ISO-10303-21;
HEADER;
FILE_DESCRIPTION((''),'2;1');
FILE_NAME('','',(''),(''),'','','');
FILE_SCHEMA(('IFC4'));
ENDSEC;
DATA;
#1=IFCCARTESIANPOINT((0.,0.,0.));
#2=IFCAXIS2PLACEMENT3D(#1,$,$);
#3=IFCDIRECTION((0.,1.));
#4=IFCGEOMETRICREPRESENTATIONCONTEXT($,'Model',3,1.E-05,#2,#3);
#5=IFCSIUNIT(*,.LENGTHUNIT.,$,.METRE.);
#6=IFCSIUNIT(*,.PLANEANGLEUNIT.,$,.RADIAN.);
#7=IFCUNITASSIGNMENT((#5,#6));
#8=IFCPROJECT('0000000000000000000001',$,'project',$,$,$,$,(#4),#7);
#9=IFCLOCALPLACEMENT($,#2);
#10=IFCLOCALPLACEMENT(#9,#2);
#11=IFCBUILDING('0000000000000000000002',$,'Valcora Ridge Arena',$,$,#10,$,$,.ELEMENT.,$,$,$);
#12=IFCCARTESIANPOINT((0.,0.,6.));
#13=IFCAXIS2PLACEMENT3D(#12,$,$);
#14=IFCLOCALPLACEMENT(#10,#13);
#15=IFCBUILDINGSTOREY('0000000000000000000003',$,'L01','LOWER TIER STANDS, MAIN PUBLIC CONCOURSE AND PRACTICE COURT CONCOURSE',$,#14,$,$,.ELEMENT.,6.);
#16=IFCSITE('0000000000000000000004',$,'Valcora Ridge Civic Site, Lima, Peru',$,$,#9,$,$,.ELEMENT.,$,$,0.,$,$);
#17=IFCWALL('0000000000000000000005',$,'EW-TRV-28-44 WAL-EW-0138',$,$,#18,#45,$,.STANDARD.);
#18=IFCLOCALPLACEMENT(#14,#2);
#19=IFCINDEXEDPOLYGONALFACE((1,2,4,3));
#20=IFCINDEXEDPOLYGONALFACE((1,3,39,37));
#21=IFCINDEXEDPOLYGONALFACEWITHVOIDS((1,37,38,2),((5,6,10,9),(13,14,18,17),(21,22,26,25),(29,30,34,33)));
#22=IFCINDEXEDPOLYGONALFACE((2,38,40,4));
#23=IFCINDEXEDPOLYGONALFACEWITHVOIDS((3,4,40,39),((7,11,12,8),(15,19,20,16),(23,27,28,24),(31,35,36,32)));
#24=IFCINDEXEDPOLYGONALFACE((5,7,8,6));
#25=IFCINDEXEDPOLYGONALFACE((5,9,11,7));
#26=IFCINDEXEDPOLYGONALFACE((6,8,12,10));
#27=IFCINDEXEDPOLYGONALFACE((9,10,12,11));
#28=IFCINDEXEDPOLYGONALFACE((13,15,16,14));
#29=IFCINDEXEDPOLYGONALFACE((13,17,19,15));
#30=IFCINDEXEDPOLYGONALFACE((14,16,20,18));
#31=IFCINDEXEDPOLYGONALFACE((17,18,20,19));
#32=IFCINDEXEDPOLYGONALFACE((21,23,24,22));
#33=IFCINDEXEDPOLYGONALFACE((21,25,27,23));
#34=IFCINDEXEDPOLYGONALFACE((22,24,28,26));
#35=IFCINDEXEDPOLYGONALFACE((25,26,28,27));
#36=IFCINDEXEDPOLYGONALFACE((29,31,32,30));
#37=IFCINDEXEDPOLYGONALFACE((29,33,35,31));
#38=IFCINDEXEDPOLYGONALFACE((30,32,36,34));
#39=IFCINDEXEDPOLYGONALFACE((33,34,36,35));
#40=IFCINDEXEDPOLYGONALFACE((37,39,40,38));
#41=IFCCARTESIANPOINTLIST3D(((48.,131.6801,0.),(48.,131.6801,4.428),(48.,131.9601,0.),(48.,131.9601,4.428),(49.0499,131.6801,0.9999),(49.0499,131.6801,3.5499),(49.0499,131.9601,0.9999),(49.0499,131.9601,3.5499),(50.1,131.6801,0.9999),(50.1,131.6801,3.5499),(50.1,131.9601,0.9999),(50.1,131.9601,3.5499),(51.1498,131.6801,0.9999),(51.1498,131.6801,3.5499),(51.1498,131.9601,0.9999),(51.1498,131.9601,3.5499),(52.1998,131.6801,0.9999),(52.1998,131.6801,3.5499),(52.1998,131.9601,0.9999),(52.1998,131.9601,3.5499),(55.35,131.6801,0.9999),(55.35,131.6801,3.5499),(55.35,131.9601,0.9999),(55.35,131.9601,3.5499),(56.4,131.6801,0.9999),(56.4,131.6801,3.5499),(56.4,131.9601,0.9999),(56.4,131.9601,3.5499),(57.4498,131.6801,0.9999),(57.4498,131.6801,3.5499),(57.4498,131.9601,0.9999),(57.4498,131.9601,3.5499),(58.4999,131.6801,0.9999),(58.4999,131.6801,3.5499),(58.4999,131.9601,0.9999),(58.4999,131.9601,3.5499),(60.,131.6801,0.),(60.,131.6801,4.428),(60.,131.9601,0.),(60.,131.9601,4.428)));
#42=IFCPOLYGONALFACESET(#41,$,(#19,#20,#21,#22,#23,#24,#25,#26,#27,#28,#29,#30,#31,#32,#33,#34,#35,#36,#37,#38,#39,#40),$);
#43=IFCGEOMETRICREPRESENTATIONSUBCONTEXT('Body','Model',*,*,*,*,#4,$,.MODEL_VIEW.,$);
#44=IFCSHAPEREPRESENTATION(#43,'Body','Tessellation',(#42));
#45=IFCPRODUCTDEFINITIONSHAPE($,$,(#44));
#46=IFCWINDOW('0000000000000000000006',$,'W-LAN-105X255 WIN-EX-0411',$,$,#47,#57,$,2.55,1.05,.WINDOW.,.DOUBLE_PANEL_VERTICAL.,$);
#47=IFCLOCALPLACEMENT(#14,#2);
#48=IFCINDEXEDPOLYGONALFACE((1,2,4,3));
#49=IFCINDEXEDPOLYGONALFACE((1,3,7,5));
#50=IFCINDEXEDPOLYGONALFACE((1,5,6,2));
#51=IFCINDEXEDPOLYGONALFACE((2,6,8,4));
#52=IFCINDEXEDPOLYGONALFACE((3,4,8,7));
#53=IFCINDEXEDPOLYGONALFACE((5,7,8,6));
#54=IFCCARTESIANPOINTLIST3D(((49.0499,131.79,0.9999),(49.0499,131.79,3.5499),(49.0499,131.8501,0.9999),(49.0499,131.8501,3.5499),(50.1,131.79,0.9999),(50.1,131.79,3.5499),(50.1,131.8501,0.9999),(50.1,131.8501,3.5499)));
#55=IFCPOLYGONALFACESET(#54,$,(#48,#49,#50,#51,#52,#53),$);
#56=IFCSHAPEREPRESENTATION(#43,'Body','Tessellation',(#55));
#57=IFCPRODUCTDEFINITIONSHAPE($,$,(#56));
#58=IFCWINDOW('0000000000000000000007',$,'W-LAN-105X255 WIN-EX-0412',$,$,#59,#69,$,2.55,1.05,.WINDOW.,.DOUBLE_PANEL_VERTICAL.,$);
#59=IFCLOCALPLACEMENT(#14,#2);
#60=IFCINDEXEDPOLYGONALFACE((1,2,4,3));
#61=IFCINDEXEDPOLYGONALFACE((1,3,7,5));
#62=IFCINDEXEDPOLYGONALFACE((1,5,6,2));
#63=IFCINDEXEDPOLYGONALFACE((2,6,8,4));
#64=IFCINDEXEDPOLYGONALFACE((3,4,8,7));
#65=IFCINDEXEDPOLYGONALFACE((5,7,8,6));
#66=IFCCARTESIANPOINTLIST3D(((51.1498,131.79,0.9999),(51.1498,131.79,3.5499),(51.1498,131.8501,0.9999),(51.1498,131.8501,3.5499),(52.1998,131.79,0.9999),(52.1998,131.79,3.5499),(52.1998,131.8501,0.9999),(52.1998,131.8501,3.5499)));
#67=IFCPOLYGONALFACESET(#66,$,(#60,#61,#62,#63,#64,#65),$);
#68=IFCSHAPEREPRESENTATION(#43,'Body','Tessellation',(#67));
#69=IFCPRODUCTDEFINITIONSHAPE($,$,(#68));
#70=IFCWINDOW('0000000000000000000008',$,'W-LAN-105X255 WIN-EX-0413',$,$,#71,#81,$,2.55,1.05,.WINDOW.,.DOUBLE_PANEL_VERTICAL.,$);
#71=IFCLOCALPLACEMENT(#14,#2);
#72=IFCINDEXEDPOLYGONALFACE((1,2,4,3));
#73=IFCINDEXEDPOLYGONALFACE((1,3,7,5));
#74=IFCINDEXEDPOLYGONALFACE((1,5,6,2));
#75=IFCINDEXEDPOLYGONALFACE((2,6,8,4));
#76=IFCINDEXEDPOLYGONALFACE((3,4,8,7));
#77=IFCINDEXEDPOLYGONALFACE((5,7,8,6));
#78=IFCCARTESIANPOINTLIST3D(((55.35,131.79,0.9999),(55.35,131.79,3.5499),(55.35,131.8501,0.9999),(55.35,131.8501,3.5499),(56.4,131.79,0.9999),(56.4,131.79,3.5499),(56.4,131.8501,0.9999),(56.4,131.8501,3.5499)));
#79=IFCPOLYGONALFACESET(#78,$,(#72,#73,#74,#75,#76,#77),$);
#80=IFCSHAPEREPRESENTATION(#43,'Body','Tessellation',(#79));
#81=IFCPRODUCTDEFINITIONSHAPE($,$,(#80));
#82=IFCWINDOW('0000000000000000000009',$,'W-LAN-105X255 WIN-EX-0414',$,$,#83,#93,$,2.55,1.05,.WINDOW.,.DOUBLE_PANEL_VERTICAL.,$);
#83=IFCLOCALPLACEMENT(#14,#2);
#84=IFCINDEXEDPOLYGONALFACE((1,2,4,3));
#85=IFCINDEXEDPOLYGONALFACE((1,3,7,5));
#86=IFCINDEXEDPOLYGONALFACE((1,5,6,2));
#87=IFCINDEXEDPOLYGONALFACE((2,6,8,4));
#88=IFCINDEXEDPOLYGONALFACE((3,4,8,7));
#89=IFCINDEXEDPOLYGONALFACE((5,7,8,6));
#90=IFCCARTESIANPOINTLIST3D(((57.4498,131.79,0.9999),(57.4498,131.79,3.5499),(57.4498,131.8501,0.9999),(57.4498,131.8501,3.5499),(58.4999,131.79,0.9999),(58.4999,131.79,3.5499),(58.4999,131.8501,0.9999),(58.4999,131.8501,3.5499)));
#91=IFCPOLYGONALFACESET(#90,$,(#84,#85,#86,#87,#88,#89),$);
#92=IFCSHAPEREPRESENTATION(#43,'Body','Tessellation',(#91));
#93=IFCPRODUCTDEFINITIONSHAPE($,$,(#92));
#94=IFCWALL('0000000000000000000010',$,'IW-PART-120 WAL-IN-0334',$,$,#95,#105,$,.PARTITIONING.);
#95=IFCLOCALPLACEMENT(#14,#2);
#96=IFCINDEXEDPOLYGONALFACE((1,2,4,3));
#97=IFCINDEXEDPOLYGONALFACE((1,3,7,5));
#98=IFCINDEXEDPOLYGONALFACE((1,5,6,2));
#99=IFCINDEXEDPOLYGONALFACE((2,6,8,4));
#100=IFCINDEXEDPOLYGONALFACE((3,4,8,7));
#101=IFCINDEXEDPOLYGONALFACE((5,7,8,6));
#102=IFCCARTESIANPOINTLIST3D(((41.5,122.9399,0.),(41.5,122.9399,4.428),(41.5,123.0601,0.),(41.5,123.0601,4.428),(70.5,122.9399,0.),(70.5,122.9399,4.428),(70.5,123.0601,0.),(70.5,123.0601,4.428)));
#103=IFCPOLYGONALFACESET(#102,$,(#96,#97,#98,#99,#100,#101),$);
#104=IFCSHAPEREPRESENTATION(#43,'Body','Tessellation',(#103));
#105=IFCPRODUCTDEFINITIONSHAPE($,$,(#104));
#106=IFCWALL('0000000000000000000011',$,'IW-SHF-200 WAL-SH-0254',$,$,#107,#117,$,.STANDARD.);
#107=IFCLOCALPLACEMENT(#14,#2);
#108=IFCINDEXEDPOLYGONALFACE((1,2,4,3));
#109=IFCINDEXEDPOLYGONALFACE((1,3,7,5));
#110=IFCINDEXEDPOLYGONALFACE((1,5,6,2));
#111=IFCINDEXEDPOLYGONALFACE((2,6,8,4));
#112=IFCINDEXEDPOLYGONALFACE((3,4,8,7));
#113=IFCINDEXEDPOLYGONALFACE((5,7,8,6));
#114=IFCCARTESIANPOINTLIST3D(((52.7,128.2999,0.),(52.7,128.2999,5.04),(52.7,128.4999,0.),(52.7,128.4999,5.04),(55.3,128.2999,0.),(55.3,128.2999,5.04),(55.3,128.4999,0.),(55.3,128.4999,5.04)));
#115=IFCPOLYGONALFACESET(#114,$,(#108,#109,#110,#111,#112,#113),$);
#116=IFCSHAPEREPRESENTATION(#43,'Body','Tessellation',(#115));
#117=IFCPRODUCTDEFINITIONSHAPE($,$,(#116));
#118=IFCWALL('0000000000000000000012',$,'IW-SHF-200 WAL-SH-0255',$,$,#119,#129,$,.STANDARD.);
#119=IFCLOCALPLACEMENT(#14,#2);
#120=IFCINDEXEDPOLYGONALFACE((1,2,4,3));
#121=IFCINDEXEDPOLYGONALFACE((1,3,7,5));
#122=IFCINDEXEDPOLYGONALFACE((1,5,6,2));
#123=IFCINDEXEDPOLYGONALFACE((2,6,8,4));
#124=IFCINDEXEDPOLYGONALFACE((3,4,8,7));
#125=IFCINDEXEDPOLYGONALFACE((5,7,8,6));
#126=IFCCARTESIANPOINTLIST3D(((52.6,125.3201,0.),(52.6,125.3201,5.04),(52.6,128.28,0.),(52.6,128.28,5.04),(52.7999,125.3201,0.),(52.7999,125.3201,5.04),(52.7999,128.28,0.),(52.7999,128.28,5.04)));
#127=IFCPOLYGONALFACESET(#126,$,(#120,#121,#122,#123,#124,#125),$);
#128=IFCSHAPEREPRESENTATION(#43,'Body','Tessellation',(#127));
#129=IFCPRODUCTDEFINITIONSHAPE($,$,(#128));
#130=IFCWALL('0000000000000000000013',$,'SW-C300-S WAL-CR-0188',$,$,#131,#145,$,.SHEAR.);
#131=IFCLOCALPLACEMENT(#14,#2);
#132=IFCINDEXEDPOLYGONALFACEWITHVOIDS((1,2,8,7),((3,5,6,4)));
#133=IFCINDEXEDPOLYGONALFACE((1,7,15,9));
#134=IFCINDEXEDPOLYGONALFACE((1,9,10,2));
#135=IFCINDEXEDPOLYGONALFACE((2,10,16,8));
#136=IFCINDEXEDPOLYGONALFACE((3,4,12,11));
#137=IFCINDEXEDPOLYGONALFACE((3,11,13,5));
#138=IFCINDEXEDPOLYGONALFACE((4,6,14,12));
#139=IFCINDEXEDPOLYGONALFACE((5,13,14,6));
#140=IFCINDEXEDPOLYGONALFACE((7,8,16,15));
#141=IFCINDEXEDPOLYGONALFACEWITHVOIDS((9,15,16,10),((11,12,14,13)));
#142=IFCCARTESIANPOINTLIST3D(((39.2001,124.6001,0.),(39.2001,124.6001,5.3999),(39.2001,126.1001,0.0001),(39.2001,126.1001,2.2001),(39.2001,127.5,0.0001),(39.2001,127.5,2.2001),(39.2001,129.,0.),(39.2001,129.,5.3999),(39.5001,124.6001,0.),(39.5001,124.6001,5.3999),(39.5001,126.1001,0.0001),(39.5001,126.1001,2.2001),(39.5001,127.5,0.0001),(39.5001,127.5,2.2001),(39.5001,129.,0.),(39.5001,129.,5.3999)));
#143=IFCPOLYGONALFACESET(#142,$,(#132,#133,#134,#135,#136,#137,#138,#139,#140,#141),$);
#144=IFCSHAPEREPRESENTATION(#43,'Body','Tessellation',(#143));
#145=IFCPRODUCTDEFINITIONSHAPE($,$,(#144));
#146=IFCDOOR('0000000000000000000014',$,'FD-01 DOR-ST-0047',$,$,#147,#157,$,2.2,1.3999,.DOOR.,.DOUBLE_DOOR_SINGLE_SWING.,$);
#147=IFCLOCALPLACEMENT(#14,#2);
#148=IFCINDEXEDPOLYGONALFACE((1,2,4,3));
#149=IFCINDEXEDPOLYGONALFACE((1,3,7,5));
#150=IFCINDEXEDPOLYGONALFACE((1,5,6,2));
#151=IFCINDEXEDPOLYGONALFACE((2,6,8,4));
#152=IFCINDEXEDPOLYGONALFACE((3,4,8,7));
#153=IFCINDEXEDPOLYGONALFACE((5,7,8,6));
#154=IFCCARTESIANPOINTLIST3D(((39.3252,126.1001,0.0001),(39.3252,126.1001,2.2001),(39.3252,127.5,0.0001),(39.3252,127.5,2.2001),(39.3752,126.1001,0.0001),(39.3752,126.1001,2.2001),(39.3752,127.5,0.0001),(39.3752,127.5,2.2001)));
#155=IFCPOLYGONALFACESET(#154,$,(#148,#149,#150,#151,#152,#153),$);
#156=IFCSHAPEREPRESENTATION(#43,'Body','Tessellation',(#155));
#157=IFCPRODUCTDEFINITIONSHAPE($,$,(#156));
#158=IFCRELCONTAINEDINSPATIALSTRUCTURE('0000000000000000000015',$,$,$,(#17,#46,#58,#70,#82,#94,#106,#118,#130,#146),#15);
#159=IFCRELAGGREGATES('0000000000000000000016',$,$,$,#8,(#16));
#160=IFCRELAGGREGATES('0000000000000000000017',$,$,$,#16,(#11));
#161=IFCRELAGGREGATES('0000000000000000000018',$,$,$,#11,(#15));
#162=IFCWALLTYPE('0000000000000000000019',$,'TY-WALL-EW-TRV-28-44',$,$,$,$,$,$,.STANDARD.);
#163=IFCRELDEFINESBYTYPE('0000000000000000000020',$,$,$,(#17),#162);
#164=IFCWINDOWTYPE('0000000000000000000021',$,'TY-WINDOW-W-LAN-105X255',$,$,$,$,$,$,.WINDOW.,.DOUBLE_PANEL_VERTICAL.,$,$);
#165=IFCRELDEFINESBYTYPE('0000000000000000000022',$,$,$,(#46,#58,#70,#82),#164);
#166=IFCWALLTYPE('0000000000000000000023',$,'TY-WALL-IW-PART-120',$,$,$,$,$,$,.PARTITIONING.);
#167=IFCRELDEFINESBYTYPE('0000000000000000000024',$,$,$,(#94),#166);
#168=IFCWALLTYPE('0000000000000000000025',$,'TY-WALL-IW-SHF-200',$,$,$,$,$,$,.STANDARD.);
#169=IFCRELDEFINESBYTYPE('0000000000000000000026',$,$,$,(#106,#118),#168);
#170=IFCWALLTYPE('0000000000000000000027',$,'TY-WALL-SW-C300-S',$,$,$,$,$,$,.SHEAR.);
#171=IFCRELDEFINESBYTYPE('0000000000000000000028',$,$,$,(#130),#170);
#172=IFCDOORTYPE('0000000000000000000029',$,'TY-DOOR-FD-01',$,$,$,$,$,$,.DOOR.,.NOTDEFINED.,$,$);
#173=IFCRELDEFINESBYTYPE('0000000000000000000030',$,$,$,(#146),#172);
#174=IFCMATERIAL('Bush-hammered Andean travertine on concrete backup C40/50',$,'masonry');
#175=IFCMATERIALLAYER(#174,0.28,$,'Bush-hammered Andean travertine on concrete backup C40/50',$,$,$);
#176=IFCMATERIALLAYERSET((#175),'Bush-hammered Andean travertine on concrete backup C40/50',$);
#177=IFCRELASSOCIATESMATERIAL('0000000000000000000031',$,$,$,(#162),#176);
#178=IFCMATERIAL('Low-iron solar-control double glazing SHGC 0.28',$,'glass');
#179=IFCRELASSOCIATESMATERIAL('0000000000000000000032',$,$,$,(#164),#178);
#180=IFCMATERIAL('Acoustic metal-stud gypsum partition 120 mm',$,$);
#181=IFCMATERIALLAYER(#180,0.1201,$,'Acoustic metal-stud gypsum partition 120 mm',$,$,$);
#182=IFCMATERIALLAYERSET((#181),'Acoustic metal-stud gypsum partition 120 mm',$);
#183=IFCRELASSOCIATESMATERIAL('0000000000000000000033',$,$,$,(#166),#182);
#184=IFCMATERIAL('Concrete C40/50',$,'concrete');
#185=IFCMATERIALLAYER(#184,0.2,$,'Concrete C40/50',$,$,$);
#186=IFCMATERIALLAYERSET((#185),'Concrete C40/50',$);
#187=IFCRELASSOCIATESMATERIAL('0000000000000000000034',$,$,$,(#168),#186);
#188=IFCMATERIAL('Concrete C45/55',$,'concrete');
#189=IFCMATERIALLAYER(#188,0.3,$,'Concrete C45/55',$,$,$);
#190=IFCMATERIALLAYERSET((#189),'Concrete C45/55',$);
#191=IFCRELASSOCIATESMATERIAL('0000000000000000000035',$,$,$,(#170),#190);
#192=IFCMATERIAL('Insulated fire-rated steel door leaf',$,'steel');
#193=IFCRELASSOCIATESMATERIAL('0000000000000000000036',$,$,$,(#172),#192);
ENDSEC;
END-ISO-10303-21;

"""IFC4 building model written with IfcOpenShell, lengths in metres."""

from ifc_helpers import new_model, si_unit, direction, frame, frame_2d, origin, place, context, subcontext, project, spatial, rectangle, extrude, material, layer, layer_set, type_object, element, fill, save


model = new_model("IFC4")

# Units and contexts
model_context = context("Model", 3, precision=1e-05, world=origin(), true_north=direction((0.0, 1.0)))
body_context = subcontext(model_context, "Body", "Model", "MODEL_VIEW")
ifc_project = project(units=[si_unit("LENGTHUNIT", "METRE"), si_unit("PLANEANGLEUNIT", "RADIAN")], contexts=[model_context])

# Site, building, storey
site_placement = place(None, origin())
site = spatial("IfcSite", under=ifc_project, at=site_placement, Name="Valcora Ridge Civic Site, Lima, Peru", CompositionType="ELEMENT", RefElevation=0.0)
building_placement = place(site_placement, origin())
building = spatial("IfcBuilding", under=site, at=building_placement, Name="Valcora Ridge Arena", CompositionType="ELEMENT")
storey_placement = place(building_placement, frame((0.0, 0.0, 6.0)))
storey = spatial("IfcBuildingStorey", under=building, at=storey_placement, Name="L01", Description="LOWER TIER STANDS, MAIN PUBLIC CONCOURSE AND PRACTICE COURT CONCOURSE", CompositionType="ELEMENT", Elevation=6.0)

# Shared definitions
ifc_material_1 = material(Name="Concrete C40/50", Category="concrete")

# Wall, openings, windows
ifc_material_2 = material(Name="Bush-hammered Andean travertine on concrete backup C40/50", Category="masonry")
ifc_layer_1 = layer(ifc_material_2, 0.28, Name="Bush-hammered Andean travertine on concrete backup C40/50")
ifc_layer_set_1 = layer_set([ifc_layer_1], Name="Bush-hammered Andean travertine on concrete backup C40/50")
wall_type_1 = type_object("IfcWallType", Name="TY-WALL-EW-TRV-28-44", PredefinedType="STANDARD", material=ifc_layer_set_1)
wall_1_placement = place(storey_placement, frame((48.0, 131.8201, 0.0), z_axis=(0.0, 0.0, 1.0), x_axis=(1.0, 0.0, 0.0)))
wall_1 = element("IfcWall", 1, at=wall_1_placement, inside=storey, type_object=wall_type_1, Name="EW-TRV-28-44 WAL-EW-0138", PredefinedType="STANDARD", context=body_context, shape_type="SweptSolid", body=[
    extrude(rectangle(XDim=12.0, YDim=0.28, at=frame_2d((6.0, 0.0))), origin(), (0.0, 0.0, 1.0), 4.428),
])
opening_1_placement = place(wall_1_placement, frame((1.05, 0.0, 1.0)))
opening_1 = element("IfcOpeningElement", 2, at=opening_1_placement, cuts=wall_1, PredefinedType="OPENING", context=body_context, shape_type="SweptSolid", body=[
    extrude(rectangle(XDim=1.05, YDim=2.55, at=frame_2d((0.5249, 1.2749))), frame((0.0, 0.1499, 0.0), z_axis=(0.0, -1.0, 0.0), x_axis=(1.0, 0.0, 0.0)), (0.0, 0.0, 1.0), 0.3),
])
opening_2_placement = place(wall_1_placement, frame((3.1499, 0.0, 1.0)))
opening_2 = element("IfcOpeningElement", 3, at=opening_2_placement, cuts=wall_1, PredefinedType="OPENING", context=body_context, shape_type="SweptSolid", body=[
    extrude(rectangle(XDim=1.05, YDim=2.55, at=frame_2d((0.5249, 1.2749))), frame((0.0, 0.1499, 0.0), z_axis=(0.0, -1.0, 0.0), x_axis=(1.0, 0.0, 0.0)), (0.0, 0.0, 1.0), 0.3),
])
opening_3_placement = place(wall_1_placement, frame((7.3501, 0.0, 1.0)))
opening_3 = element("IfcOpeningElement", 4, at=opening_3_placement, cuts=wall_1, PredefinedType="OPENING", context=body_context, shape_type="SweptSolid", body=[
    extrude(rectangle(XDim=1.05, YDim=2.55, at=frame_2d((0.5249, 1.2749))), frame((0.0, 0.1499, 0.0), z_axis=(0.0, -1.0, 0.0), x_axis=(1.0, 0.0, 0.0)), (0.0, 0.0, 1.0), 0.3),
])
opening_4_placement = place(wall_1_placement, frame((9.45, 0.0, 1.0)))
opening_4 = element("IfcOpeningElement", 5, at=opening_4_placement, cuts=wall_1, PredefinedType="OPENING", context=body_context, shape_type="SweptSolid", body=[
    extrude(rectangle(XDim=1.05, YDim=2.55, at=frame_2d((0.5249, 1.2749))), frame((0.0, 0.1499, 0.0), z_axis=(0.0, -1.0, 0.0), x_axis=(1.0, 0.0, 0.0)), (0.0, 0.0, 1.0), 0.3),
])
ifc_material_3 = material(Name="Low-iron solar-control double glazing SHGC 0.28", Category="glass")
window_type = type_object("IfcWindowType", Name="TY-WINDOW-W-LAN-105X255", PartitioningType="DOUBLE_PANEL_VERTICAL", PredefinedType="WINDOW", material=ifc_material_3)
window_1_placement = place(opening_1_placement, origin())
window_1 = element("IfcWindow", 6, at=window_1_placement, inside=storey, type_object=window_type, Name="W-LAN-105X255 WIN-EX-0411", OverallHeight=2.55, OverallWidth=1.05, PartitioningType="DOUBLE_PANEL_VERTICAL", PredefinedType="WINDOW", context=body_context, shape_type="SweptSolid", body=[
    extrude(rectangle(XDim=1.05, YDim=2.55, at=frame_2d((0.5249, 1.2749))), frame((0.0, 0.03, 0.0), z_axis=(0.0, -1.0, 0.0), x_axis=(1.0, 0.0, 0.0)), (0.0, 0.0, 1.0), 0.0601),
])
fill(opening_1, window_1)
window_2_placement = place(opening_2_placement, origin())
window_2 = element("IfcWindow", 7, at=window_2_placement, inside=storey, type_object=window_type, Name="W-LAN-105X255 WIN-EX-0412", OverallHeight=2.55, OverallWidth=1.05, PartitioningType="DOUBLE_PANEL_VERTICAL", PredefinedType="WINDOW", context=body_context, shape_type="SweptSolid", body=[
    extrude(rectangle(XDim=1.05, YDim=2.55, at=frame_2d((0.5249, 1.2749))), frame((0.0, 0.03, 0.0), z_axis=(0.0, -1.0, 0.0), x_axis=(1.0, 0.0, 0.0)), (0.0, 0.0, 1.0), 0.0601),
])
fill(opening_2, window_2)
window_3_placement = place(opening_3_placement, origin())
window_3 = element("IfcWindow", 8, at=window_3_placement, inside=storey, type_object=window_type, Name="W-LAN-105X255 WIN-EX-0413", OverallHeight=2.55, OverallWidth=1.05, PartitioningType="DOUBLE_PANEL_VERTICAL", PredefinedType="WINDOW", context=body_context, shape_type="SweptSolid", body=[
    extrude(rectangle(XDim=1.05, YDim=2.55, at=frame_2d((0.5249, 1.2749))), frame((0.0, 0.03, 0.0), z_axis=(0.0, -1.0, 0.0), x_axis=(1.0, 0.0, 0.0)), (0.0, 0.0, 1.0), 0.0601),
])
fill(opening_3, window_3)
window_4_placement = place(opening_4_placement, origin())
window_4 = element("IfcWindow", 9, at=window_4_placement, inside=storey, type_object=window_type, Name="W-LAN-105X255 WIN-EX-0414", OverallHeight=2.55, OverallWidth=1.05, PartitioningType="DOUBLE_PANEL_VERTICAL", PredefinedType="WINDOW", context=body_context, shape_type="SweptSolid", body=[
    extrude(rectangle(XDim=1.05, YDim=2.55, at=frame_2d((0.5249, 1.2749))), frame((0.0, 0.03, 0.0), z_axis=(0.0, -1.0, 0.0), x_axis=(1.0, 0.0, 0.0)), (0.0, 0.0, 1.0), 0.0601),
])
fill(opening_4, window_4)

# Wall
ifc_material_4 = material(Name="Acoustic metal-stud gypsum partition 120 mm")
ifc_layer_2 = layer(ifc_material_4, 0.1201, Name="Acoustic metal-stud gypsum partition 120 mm")
ifc_layer_set_2 = layer_set([ifc_layer_2], Name="Acoustic metal-stud gypsum partition 120 mm")
wall_type_2 = type_object("IfcWallType", Name="TY-WALL-IW-PART-120", PredefinedType="PARTITIONING", material=ifc_layer_set_2)
wall_2_placement = place(storey_placement, frame((41.5, 123.0, 0.0), z_axis=(0.0, 0.0, 1.0), x_axis=(1.0, 0.0, 0.0)))
element("IfcWall", 10, at=wall_2_placement, inside=storey, type_object=wall_type_2, Name="IW-PART-120 WAL-IN-0334", PredefinedType="PARTITIONING", context=body_context, shape_type="SweptSolid", body=[
    extrude(rectangle(XDim=29.0, YDim=0.1201, at=frame_2d((14.5, 0.0))), origin(), (0.0, 0.0, 1.0), 4.428),
])

# Shared definitions
ifc_layer_3 = layer(ifc_material_1, 0.2, Name="Concrete C40/50")
ifc_layer_set_3 = layer_set([ifc_layer_3], Name="Concrete C40/50")
wall_type_3 = type_object("IfcWallType", Name="TY-WALL-IW-SHF-200", PredefinedType="STANDARD", material=ifc_layer_set_3)

# Walls
wall_3_placement = place(storey_placement, frame((52.7, 128.3999, 0.0), z_axis=(0.0, 0.0, 1.0), x_axis=(1.0, 0.0, 0.0)))
element("IfcWall", 11, at=wall_3_placement, inside=storey, type_object=wall_type_3, Name="IW-SHF-200 WAL-SH-0254", PredefinedType="STANDARD", context=body_context, shape_type="SweptSolid", body=[
    extrude(rectangle(XDim=2.6001, YDim=0.2, at=frame_2d((1.3, 0.0))), origin(), (0.0, 0.0, 1.0), 5.04),
])
wall_4_placement = place(storey_placement, frame((52.7, 125.3201, 0.0), z_axis=(0.0, 0.0, 1.0), x_axis=(0.0, 1.0, 0.0)))
element("IfcWall", 12, at=wall_4_placement, inside=storey, type_object=wall_type_3, Name="IW-SHF-200 WAL-SH-0255", PredefinedType="STANDARD", context=body_context, shape_type="SweptSolid", body=[
    extrude(rectangle(XDim=2.96, YDim=0.2, at=frame_2d((1.48, 0.0))), origin(), (0.0, 0.0, 1.0), 5.04),
])

# Wall, opening, door
ifc_material_5 = material(Name="Concrete C45/55", Category="concrete")
ifc_layer_4 = layer(ifc_material_5, 0.3, Name="Concrete C45/55")
ifc_layer_set_4 = layer_set([ifc_layer_4], Name="Concrete C45/55")
wall_type_4 = type_object("IfcWallType", Name="TY-WALL-SW-C300-S", PredefinedType="SHEAR", material=ifc_layer_set_4)
wall_5_placement = place(storey_placement, frame((39.3501, 124.6001, 0.0), z_axis=(0.0, 0.0, 1.0), x_axis=(0.0, 1.0, 0.0)))
wall_5 = element("IfcWall", 13, at=wall_5_placement, inside=storey, type_object=wall_type_4, Name="SW-C300-S WAL-CR-0188", PredefinedType="SHEAR", context=body_context, shape_type="SweptSolid", body=[
    extrude(rectangle(XDim=4.3999, YDim=0.3, at=frame_2d((2.2, 0.0))), origin(), (0.0, 0.0, 1.0), 5.3999),
])
opening_5_placement = place(wall_5_placement, frame((1.5, 0.0, 0.0)))
opening_5 = element("IfcOpeningElement", 14, at=opening_5_placement, cuts=wall_5, PredefinedType="OPENING", context=body_context, shape_type="SweptSolid", body=[
    extrude(rectangle(XDim=1.3999, YDim=2.2, at=frame_2d((0.7, 1.1001))), frame((0.0, 0.1599, 0.0), z_axis=(0.0, -1.0, 0.0), x_axis=(1.0, 0.0, 0.0)), (0.0, 0.0, 1.0), 0.3201),
])
ifc_material_6 = material(Name="Insulated fire-rated steel door leaf", Category="steel")
door_type_1 = type_object("IfcDoorType", Name="TY-DOOR-FD-01", OperationType="NOTDEFINED", PredefinedType="DOOR", material=ifc_material_6)
door_1_placement = place(opening_5_placement, origin())
door_1 = element("IfcDoor", 15, at=door_1_placement, inside=storey, type_object=door_type_1, Name="FD-01 DOR-ST-0047", OperationType="DOUBLE_DOOR_SINGLE_SWING", OverallHeight=2.2, OverallWidth=1.3999, PredefinedType="DOOR", context=body_context, shape_type="SweptSolid", body=[
    extrude(rectangle(XDim=1.3999, YDim=2.2, at=frame_2d((0.7, 1.1001))), frame((0.0, 0.0249, 0.0), z_axis=(0.0, -1.0, 0.0), x_axis=(1.0, 0.0, 0.0)), (0.0, 0.0, 1.0), 0.05),
])
fill(opening_5, door_1)

save(model, "model.ifc")
